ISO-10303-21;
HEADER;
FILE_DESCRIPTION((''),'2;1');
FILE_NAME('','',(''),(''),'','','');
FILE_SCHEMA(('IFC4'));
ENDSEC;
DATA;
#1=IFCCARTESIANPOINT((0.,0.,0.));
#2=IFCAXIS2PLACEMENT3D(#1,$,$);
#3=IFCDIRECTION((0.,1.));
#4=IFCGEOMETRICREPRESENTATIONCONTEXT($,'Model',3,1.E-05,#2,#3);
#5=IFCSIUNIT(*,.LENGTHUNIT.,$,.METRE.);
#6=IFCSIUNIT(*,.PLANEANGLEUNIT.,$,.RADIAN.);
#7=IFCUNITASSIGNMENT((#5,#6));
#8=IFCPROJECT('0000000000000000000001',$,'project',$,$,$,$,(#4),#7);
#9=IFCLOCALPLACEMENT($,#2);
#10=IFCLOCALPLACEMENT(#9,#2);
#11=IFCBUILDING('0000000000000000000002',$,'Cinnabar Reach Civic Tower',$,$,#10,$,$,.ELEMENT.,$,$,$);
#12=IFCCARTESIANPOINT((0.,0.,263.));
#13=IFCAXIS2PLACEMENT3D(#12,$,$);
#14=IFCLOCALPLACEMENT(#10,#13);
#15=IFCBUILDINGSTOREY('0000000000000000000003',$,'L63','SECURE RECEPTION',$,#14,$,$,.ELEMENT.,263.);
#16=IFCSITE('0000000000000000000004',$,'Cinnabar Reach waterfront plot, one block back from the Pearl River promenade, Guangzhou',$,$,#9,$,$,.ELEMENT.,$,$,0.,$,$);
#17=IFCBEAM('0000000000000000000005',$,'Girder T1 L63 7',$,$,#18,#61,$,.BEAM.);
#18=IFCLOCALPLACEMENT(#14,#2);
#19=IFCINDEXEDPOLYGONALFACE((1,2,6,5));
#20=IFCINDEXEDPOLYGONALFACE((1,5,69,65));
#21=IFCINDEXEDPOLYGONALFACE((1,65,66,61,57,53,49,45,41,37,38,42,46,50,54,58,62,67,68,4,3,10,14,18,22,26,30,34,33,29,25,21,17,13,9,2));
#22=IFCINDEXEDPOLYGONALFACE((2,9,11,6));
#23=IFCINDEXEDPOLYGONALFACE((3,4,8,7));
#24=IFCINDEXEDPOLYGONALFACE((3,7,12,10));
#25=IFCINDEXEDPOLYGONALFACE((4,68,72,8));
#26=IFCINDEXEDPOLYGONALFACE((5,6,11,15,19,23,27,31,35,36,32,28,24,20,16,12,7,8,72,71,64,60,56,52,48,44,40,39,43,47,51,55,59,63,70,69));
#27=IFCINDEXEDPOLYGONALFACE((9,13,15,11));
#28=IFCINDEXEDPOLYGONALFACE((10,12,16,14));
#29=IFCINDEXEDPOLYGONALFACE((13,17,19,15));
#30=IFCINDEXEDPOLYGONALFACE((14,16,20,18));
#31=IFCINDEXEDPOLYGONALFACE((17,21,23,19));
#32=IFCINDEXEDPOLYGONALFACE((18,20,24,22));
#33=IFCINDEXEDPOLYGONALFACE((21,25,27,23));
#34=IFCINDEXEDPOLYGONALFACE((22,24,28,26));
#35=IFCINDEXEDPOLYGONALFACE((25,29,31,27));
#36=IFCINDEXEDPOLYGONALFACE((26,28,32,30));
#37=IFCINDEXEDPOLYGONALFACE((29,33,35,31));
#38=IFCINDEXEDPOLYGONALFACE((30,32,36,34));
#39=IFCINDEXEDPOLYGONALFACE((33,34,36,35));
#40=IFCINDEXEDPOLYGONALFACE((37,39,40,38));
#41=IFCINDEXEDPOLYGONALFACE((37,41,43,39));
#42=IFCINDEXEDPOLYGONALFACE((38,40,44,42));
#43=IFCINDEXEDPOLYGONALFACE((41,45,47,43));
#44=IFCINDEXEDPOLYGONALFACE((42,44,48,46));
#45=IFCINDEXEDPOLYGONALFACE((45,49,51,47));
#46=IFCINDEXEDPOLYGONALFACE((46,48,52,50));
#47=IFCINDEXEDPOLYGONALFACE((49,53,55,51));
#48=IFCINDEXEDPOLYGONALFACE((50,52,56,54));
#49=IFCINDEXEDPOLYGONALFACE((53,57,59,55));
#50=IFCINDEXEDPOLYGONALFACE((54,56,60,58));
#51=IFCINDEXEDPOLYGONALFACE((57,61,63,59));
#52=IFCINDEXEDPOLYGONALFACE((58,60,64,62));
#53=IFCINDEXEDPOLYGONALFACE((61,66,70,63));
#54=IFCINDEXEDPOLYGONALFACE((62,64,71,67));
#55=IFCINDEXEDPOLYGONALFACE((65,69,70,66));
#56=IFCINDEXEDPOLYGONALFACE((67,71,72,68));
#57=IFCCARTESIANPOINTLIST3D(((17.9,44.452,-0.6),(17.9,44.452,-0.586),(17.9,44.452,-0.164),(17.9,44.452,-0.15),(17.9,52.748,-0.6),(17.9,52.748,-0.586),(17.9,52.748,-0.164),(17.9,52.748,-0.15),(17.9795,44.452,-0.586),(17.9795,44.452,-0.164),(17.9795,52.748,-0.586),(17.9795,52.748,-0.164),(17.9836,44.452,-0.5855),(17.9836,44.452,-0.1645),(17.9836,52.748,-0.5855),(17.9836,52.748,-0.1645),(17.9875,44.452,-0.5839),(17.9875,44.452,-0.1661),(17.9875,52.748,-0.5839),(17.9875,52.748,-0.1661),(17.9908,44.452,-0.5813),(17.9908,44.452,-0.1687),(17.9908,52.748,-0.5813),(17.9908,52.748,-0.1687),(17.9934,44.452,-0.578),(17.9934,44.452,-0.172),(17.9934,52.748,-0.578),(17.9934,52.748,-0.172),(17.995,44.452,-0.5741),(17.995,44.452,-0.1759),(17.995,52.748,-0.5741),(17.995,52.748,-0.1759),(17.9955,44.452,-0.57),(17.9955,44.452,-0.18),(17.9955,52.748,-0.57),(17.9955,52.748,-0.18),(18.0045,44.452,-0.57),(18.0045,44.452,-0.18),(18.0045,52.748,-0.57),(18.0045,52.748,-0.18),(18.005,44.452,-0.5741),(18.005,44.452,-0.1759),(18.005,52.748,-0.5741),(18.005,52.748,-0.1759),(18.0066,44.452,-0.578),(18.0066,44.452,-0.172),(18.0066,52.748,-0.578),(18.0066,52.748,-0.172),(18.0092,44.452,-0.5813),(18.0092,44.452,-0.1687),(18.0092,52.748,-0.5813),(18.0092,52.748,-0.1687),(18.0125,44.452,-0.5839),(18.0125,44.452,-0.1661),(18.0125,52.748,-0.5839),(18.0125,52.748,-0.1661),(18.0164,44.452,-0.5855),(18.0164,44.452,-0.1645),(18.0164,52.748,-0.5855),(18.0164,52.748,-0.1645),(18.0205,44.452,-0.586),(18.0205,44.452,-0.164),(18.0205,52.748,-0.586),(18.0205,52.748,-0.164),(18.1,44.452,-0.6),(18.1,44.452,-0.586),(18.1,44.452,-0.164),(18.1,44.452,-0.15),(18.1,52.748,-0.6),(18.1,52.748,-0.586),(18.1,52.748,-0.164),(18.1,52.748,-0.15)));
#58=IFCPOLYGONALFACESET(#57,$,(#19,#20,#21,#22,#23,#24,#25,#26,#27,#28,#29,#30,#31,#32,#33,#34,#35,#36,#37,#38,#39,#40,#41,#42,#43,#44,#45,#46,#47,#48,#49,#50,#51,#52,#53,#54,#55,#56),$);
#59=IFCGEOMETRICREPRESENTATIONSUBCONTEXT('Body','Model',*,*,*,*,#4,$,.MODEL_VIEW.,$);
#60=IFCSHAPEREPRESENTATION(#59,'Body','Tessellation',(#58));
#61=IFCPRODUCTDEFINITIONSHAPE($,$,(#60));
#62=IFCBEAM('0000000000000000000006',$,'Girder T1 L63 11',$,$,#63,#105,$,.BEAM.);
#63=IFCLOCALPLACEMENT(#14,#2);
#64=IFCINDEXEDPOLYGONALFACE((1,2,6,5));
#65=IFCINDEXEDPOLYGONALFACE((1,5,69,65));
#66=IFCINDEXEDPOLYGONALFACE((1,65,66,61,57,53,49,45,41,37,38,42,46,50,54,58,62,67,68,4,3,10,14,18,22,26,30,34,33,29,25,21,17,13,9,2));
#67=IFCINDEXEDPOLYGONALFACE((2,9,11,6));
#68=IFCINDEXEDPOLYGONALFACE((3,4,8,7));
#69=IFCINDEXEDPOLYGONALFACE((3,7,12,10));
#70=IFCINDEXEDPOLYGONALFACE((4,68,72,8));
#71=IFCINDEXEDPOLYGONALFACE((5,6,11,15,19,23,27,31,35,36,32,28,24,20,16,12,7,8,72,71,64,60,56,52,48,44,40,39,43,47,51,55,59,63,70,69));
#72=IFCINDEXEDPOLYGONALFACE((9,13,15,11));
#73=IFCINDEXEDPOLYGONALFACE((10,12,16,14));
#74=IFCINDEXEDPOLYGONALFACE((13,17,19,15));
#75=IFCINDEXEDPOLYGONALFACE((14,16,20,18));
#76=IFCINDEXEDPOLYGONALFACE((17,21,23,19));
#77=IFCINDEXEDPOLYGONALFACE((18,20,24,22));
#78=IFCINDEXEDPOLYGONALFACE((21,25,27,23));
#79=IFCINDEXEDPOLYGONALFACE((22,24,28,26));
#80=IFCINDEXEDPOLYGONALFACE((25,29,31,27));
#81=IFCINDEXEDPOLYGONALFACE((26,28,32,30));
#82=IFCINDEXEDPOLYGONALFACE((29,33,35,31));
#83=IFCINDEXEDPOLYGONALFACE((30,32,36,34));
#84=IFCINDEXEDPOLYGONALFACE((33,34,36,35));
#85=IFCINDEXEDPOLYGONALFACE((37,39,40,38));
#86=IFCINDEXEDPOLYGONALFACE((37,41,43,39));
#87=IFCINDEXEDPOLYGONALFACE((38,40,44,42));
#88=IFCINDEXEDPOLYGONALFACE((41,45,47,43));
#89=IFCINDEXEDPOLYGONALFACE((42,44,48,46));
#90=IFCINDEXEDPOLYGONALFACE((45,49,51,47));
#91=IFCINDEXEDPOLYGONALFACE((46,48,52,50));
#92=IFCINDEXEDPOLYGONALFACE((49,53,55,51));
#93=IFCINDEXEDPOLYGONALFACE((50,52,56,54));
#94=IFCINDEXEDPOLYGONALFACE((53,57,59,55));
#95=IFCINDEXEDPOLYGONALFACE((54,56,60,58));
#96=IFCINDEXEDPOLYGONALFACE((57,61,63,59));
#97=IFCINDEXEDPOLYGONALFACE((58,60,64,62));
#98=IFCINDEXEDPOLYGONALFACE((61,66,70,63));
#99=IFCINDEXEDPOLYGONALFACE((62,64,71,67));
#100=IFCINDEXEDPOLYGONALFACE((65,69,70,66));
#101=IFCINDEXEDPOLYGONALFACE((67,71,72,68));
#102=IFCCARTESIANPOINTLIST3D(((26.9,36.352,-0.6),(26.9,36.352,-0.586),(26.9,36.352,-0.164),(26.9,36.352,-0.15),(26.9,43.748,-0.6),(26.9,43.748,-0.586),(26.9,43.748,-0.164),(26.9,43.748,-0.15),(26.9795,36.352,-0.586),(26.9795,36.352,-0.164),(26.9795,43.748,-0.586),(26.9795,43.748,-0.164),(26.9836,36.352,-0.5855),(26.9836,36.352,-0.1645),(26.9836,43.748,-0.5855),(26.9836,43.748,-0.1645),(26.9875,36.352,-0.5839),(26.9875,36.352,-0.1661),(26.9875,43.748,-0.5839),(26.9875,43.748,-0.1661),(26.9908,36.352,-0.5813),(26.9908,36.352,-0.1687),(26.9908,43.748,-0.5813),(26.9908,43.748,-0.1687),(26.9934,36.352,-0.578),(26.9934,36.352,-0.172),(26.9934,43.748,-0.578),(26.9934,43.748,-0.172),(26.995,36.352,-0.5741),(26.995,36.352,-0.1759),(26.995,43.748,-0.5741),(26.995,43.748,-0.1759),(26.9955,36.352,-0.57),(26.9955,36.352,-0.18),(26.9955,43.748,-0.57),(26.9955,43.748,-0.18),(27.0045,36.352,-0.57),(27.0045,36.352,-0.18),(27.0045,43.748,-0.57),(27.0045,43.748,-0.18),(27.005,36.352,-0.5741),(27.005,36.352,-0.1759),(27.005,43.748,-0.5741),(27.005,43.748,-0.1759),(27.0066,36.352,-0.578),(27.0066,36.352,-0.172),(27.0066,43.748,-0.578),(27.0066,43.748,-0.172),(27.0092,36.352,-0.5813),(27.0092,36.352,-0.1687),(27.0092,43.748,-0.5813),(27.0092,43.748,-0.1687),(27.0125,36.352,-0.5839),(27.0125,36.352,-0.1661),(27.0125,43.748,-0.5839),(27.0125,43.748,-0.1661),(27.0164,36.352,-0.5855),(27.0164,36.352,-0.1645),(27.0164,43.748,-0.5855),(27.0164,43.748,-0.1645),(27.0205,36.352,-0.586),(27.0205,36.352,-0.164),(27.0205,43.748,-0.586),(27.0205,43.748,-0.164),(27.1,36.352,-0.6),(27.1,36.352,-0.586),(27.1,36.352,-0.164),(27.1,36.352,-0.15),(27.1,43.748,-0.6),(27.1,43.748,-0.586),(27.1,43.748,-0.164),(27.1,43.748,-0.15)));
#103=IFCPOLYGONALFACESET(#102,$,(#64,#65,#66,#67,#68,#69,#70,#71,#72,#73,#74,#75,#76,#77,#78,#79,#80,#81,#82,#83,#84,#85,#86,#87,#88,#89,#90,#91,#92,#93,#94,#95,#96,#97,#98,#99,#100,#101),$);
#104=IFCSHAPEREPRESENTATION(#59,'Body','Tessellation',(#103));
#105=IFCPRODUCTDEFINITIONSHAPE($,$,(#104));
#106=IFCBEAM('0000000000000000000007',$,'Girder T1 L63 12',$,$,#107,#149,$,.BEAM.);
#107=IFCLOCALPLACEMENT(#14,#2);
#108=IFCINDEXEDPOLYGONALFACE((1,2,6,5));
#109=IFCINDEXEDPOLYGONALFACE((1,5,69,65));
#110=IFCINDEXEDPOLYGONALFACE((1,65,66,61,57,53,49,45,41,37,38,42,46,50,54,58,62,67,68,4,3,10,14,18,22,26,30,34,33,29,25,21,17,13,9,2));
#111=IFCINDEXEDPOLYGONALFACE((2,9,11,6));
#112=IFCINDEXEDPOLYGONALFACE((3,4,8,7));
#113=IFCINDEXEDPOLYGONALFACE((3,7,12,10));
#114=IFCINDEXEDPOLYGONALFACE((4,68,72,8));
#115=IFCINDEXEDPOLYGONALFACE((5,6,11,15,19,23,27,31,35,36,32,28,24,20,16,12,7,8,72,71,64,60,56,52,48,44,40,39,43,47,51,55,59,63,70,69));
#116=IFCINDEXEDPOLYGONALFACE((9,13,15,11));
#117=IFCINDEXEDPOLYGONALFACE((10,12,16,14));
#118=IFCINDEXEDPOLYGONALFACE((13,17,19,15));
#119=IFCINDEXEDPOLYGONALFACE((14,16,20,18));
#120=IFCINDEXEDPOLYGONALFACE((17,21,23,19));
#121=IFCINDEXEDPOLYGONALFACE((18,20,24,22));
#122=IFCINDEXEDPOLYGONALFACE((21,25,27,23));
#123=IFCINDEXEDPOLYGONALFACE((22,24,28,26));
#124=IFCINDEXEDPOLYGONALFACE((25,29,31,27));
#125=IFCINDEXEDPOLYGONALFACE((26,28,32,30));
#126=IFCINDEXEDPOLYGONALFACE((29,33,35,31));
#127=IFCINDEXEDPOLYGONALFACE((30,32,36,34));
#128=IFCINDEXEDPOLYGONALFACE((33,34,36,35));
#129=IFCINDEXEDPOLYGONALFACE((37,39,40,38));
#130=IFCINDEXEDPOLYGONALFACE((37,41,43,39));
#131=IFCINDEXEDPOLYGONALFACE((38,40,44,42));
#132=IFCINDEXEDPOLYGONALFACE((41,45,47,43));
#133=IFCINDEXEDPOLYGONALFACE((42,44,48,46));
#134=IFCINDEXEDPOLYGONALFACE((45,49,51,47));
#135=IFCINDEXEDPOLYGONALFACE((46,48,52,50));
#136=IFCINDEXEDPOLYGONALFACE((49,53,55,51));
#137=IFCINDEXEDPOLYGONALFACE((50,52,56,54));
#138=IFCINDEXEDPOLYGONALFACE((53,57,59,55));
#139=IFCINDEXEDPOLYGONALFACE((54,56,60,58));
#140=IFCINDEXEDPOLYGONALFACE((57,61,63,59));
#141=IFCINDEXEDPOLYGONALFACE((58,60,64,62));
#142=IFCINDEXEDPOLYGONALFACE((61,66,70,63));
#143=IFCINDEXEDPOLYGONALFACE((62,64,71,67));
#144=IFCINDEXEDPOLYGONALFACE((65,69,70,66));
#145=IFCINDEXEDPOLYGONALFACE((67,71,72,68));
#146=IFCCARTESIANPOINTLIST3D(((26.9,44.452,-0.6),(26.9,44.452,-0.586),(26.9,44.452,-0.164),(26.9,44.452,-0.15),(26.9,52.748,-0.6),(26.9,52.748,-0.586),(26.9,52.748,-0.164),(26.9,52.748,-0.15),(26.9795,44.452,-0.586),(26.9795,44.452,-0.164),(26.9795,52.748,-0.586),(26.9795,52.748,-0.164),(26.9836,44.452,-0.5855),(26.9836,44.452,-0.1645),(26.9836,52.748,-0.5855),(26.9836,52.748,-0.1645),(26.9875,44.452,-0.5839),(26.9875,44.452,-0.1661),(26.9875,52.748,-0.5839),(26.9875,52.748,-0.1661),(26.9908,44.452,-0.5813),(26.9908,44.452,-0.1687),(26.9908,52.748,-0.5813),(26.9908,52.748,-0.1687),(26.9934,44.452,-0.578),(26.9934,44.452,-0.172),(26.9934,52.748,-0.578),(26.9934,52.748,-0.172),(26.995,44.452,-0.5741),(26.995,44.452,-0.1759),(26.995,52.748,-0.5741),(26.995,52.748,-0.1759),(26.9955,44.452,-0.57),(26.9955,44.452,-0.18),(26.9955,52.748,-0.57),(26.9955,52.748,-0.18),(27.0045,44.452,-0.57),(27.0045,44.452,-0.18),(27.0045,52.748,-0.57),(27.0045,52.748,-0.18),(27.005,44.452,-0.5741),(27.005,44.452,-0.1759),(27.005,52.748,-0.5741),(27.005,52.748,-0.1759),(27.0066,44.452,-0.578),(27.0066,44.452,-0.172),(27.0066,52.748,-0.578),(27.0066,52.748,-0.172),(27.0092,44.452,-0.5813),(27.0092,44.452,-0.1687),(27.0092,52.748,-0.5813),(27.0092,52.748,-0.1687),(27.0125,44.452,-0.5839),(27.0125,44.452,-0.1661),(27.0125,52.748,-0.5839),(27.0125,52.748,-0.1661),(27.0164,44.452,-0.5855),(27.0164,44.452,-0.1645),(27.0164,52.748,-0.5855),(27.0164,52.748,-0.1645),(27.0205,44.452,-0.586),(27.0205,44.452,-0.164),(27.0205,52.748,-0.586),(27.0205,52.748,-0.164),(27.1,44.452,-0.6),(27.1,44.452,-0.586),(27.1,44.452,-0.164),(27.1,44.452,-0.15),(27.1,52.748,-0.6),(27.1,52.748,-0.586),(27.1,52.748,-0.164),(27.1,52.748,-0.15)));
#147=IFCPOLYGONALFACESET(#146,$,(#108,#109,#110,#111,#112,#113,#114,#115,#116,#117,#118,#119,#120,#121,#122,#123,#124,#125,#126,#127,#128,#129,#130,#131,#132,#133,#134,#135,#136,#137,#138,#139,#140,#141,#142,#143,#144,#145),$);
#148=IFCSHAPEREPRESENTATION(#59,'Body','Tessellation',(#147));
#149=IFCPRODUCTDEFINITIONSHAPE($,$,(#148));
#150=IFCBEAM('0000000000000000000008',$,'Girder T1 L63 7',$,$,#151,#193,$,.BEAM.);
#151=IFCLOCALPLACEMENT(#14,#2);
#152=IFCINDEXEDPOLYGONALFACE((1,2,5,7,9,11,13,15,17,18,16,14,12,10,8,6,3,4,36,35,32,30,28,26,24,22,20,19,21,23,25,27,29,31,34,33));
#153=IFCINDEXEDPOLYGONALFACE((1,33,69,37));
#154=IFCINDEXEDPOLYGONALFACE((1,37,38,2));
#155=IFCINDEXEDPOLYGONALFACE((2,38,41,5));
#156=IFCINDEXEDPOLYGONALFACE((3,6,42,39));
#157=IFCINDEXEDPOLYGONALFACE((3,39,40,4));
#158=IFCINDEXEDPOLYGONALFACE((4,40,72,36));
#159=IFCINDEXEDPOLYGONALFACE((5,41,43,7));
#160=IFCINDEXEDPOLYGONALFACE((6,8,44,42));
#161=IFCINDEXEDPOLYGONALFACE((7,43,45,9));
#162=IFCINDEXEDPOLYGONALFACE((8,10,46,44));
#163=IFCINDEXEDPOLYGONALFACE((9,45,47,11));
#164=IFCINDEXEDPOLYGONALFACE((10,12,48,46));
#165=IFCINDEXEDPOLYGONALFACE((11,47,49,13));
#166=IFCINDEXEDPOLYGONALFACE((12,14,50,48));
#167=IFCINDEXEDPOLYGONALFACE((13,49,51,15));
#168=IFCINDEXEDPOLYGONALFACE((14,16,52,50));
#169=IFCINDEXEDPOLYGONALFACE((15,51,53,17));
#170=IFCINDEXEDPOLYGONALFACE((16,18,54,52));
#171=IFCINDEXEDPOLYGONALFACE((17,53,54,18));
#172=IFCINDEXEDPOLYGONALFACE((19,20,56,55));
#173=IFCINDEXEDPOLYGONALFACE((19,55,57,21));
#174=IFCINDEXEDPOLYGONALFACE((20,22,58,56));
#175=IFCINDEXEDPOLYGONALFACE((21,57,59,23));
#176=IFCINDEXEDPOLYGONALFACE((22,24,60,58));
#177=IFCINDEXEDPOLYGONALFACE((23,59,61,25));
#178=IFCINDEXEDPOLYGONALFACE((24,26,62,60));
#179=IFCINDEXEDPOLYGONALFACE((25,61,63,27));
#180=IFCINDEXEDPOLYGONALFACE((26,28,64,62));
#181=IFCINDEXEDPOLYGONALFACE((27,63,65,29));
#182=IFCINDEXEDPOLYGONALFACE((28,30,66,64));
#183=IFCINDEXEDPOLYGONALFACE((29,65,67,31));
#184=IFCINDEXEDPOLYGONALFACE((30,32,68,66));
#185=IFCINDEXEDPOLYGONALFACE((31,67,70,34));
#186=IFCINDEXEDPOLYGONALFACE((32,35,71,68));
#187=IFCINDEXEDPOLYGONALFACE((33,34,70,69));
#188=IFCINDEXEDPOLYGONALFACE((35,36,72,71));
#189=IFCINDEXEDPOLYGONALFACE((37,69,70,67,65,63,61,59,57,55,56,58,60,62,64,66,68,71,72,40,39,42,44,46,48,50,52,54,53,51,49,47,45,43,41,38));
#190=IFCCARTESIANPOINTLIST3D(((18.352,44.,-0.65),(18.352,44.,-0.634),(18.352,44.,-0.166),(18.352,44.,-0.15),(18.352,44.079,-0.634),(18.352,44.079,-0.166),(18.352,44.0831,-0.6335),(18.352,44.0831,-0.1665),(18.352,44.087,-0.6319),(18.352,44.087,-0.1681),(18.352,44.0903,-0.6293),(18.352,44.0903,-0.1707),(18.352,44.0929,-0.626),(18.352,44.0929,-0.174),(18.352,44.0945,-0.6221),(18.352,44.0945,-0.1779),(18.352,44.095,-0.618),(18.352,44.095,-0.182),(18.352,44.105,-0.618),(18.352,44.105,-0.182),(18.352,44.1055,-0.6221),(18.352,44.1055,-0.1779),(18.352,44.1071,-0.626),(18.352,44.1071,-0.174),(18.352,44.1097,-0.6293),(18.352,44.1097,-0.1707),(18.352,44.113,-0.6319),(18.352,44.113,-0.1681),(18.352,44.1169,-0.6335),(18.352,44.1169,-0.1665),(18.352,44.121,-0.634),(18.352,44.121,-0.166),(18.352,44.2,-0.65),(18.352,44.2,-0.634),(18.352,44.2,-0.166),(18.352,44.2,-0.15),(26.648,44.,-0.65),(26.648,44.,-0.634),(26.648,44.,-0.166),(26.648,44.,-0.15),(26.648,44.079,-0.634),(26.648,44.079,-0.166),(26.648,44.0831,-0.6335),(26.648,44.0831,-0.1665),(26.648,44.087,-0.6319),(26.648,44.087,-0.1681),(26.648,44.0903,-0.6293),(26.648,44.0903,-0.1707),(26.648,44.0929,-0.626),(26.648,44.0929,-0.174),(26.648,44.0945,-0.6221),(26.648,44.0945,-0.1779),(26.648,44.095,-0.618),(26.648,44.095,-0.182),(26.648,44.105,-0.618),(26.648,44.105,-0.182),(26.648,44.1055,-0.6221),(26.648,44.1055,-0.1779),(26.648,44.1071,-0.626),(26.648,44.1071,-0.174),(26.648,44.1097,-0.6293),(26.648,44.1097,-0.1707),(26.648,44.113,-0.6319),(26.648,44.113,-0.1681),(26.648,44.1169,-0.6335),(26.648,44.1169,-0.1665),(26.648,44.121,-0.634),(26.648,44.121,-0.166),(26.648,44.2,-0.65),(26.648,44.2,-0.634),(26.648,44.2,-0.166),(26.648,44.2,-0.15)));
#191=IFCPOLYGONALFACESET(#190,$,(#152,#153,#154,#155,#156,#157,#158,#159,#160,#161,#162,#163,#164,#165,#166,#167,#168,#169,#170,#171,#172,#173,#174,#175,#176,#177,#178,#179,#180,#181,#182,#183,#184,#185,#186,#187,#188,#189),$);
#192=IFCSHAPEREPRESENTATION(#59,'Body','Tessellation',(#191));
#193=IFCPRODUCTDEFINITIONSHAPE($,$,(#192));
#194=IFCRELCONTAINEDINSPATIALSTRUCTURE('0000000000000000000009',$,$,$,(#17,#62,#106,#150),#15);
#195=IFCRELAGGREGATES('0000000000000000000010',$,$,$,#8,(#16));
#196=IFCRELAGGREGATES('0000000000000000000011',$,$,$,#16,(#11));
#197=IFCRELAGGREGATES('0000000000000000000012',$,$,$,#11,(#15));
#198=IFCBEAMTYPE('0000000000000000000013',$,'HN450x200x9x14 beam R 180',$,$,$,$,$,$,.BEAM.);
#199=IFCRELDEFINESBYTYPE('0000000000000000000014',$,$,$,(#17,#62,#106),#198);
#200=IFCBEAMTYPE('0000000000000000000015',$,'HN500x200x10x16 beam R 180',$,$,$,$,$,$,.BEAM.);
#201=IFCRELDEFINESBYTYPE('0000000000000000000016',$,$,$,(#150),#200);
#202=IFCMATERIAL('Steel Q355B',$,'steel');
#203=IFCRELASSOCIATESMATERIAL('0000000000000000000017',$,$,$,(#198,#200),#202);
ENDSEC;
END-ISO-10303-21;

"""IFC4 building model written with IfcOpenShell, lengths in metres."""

from ifc_helpers import new_model, si_unit, direction, frame, origin, origin_2d, place, context, subcontext, project, spatial, i_section, extrude, material, material_profile, profile_set, type_object, element, save


model = new_model("IFC4")

# Units and contexts
model_context = context("Model", 3, precision=1e-05, world=origin(), true_north=direction((0.0, 1.0)))
body_context = subcontext(model_context, "Body", "Model", "MODEL_VIEW")
ifc_project = project(units=[si_unit("LENGTHUNIT", "METRE"), si_unit("PLANEANGLEUNIT", "RADIAN")], contexts=[model_context])

# Site, building, storey
site_placement = place(None, origin())
site = spatial("IfcSite", under=ifc_project, at=site_placement, Name="Cinnabar Reach waterfront plot, one block back from the Pearl River promenade, Guangzhou", CompositionType="ELEMENT", RefElevation=0.0)
building_placement = place(site_placement, origin())
building = spatial("IfcBuilding", under=site, at=building_placement, Name="Cinnabar Reach Civic Tower", CompositionType="ELEMENT")
storey_placement = place(building_placement, frame((0.0, 0.0, 263.0)))
storey = spatial("IfcBuildingStorey", under=building, at=storey_placement, Name="L63", Description="SECURE RECEPTION", CompositionType="ELEMENT", Elevation=263.0)

# Beams
ifc_material_1 = material(Name="Steel Q355B", Category="steel")
ifc_material_profile_1 = material_profile(ifc_material_1, i_section(OverallWidth=0.2, OverallDepth=0.45, WebThickness=0.009, FlangeThickness=0.014, FilletRadius=0.016, at=origin_2d()), Name="HN450x200x9x14")
ifc_profile_set_1 = profile_set([ifc_material_profile_1], Name="Steel Q355B")
beam_type_1 = type_object("IfcBeamType", Name="HN450x200x9x14 beam R 180", PredefinedType="BEAM", material=ifc_profile_set_1)
beam_1_placement = place(storey_placement, frame((18.0, 44.452, -0.375), z_axis=(0.0, 1.0, 0.0), x_axis=(-1.0, 0.0, 0.0)))
element("IfcBeam", 1, at=beam_1_placement, inside=storey, type_object=beam_type_1, Name="Girder T1 L63 7", PredefinedType="BEAM", context=body_context, shape_type="SweptSolid", body=[
    extrude(i_section(OverallWidth=0.2, OverallDepth=0.45, WebThickness=0.009, FlangeThickness=0.014, FilletRadius=0.016, at=origin_2d()), origin(), (0.0, 0.0, 1.0), 8.296),
])
beam_2_placement = place(storey_placement, frame((27.0, 36.352, -0.375), z_axis=(0.0, 1.0, 0.0), x_axis=(-1.0, 0.0, 0.0)))
element("IfcBeam", 2, at=beam_2_placement, inside=storey, type_object=beam_type_1, Name="Girder T1 L63 11", PredefinedType="BEAM", context=body_context, shape_type="SweptSolid", body=[
    extrude(i_section(OverallWidth=0.2, OverallDepth=0.45, WebThickness=0.009, FlangeThickness=0.014, FilletRadius=0.016, at=origin_2d()), origin(), (0.0, 0.0, 1.0), 7.396),
])
beam_3_placement = place(storey_placement, frame((27.0, 44.452, -0.375), z_axis=(0.0, 1.0, 0.0), x_axis=(-1.0, 0.0, 0.0)))
element("IfcBeam", 3, at=beam_3_placement, inside=storey, type_object=beam_type_1, Name="Girder T1 L63 12", PredefinedType="BEAM", context=body_context, shape_type="SweptSolid", body=[
    extrude(i_section(OverallWidth=0.2, OverallDepth=0.45, WebThickness=0.009, FlangeThickness=0.014, FilletRadius=0.016, at=origin_2d()), origin(), (0.0, 0.0, 1.0), 8.296),
])
ifc_material_profile_2 = material_profile(ifc_material_1, i_section(OverallWidth=0.2, OverallDepth=0.5, WebThickness=0.01, FlangeThickness=0.016, FilletRadius=0.016, at=origin_2d()), Name="HN500x200x10x16")
ifc_profile_set_2 = profile_set([ifc_material_profile_2], Name="Steel Q355B")
beam_type_2 = type_object("IfcBeamType", Name="HN500x200x10x16 beam R 180", PredefinedType="BEAM", material=ifc_profile_set_2)
beam_4_placement = place(storey_placement, frame((18.352, 44.1, -0.4), z_axis=(1.0, 0.0, 0.0), x_axis=(0.0, 1.0, 0.0)))
element("IfcBeam", 4, at=beam_4_placement, inside=storey, type_object=beam_type_2, Name="Girder T1 L63 7", PredefinedType="BEAM", context=body_context, shape_type="SweptSolid", body=[
    extrude(i_section(OverallWidth=0.2, OverallDepth=0.5, WebThickness=0.01, FlangeThickness=0.016, FilletRadius=0.016, at=origin_2d()), origin(), (0.0, 0.0, 1.0), 8.296),
])

save(model, "model.ifc")
